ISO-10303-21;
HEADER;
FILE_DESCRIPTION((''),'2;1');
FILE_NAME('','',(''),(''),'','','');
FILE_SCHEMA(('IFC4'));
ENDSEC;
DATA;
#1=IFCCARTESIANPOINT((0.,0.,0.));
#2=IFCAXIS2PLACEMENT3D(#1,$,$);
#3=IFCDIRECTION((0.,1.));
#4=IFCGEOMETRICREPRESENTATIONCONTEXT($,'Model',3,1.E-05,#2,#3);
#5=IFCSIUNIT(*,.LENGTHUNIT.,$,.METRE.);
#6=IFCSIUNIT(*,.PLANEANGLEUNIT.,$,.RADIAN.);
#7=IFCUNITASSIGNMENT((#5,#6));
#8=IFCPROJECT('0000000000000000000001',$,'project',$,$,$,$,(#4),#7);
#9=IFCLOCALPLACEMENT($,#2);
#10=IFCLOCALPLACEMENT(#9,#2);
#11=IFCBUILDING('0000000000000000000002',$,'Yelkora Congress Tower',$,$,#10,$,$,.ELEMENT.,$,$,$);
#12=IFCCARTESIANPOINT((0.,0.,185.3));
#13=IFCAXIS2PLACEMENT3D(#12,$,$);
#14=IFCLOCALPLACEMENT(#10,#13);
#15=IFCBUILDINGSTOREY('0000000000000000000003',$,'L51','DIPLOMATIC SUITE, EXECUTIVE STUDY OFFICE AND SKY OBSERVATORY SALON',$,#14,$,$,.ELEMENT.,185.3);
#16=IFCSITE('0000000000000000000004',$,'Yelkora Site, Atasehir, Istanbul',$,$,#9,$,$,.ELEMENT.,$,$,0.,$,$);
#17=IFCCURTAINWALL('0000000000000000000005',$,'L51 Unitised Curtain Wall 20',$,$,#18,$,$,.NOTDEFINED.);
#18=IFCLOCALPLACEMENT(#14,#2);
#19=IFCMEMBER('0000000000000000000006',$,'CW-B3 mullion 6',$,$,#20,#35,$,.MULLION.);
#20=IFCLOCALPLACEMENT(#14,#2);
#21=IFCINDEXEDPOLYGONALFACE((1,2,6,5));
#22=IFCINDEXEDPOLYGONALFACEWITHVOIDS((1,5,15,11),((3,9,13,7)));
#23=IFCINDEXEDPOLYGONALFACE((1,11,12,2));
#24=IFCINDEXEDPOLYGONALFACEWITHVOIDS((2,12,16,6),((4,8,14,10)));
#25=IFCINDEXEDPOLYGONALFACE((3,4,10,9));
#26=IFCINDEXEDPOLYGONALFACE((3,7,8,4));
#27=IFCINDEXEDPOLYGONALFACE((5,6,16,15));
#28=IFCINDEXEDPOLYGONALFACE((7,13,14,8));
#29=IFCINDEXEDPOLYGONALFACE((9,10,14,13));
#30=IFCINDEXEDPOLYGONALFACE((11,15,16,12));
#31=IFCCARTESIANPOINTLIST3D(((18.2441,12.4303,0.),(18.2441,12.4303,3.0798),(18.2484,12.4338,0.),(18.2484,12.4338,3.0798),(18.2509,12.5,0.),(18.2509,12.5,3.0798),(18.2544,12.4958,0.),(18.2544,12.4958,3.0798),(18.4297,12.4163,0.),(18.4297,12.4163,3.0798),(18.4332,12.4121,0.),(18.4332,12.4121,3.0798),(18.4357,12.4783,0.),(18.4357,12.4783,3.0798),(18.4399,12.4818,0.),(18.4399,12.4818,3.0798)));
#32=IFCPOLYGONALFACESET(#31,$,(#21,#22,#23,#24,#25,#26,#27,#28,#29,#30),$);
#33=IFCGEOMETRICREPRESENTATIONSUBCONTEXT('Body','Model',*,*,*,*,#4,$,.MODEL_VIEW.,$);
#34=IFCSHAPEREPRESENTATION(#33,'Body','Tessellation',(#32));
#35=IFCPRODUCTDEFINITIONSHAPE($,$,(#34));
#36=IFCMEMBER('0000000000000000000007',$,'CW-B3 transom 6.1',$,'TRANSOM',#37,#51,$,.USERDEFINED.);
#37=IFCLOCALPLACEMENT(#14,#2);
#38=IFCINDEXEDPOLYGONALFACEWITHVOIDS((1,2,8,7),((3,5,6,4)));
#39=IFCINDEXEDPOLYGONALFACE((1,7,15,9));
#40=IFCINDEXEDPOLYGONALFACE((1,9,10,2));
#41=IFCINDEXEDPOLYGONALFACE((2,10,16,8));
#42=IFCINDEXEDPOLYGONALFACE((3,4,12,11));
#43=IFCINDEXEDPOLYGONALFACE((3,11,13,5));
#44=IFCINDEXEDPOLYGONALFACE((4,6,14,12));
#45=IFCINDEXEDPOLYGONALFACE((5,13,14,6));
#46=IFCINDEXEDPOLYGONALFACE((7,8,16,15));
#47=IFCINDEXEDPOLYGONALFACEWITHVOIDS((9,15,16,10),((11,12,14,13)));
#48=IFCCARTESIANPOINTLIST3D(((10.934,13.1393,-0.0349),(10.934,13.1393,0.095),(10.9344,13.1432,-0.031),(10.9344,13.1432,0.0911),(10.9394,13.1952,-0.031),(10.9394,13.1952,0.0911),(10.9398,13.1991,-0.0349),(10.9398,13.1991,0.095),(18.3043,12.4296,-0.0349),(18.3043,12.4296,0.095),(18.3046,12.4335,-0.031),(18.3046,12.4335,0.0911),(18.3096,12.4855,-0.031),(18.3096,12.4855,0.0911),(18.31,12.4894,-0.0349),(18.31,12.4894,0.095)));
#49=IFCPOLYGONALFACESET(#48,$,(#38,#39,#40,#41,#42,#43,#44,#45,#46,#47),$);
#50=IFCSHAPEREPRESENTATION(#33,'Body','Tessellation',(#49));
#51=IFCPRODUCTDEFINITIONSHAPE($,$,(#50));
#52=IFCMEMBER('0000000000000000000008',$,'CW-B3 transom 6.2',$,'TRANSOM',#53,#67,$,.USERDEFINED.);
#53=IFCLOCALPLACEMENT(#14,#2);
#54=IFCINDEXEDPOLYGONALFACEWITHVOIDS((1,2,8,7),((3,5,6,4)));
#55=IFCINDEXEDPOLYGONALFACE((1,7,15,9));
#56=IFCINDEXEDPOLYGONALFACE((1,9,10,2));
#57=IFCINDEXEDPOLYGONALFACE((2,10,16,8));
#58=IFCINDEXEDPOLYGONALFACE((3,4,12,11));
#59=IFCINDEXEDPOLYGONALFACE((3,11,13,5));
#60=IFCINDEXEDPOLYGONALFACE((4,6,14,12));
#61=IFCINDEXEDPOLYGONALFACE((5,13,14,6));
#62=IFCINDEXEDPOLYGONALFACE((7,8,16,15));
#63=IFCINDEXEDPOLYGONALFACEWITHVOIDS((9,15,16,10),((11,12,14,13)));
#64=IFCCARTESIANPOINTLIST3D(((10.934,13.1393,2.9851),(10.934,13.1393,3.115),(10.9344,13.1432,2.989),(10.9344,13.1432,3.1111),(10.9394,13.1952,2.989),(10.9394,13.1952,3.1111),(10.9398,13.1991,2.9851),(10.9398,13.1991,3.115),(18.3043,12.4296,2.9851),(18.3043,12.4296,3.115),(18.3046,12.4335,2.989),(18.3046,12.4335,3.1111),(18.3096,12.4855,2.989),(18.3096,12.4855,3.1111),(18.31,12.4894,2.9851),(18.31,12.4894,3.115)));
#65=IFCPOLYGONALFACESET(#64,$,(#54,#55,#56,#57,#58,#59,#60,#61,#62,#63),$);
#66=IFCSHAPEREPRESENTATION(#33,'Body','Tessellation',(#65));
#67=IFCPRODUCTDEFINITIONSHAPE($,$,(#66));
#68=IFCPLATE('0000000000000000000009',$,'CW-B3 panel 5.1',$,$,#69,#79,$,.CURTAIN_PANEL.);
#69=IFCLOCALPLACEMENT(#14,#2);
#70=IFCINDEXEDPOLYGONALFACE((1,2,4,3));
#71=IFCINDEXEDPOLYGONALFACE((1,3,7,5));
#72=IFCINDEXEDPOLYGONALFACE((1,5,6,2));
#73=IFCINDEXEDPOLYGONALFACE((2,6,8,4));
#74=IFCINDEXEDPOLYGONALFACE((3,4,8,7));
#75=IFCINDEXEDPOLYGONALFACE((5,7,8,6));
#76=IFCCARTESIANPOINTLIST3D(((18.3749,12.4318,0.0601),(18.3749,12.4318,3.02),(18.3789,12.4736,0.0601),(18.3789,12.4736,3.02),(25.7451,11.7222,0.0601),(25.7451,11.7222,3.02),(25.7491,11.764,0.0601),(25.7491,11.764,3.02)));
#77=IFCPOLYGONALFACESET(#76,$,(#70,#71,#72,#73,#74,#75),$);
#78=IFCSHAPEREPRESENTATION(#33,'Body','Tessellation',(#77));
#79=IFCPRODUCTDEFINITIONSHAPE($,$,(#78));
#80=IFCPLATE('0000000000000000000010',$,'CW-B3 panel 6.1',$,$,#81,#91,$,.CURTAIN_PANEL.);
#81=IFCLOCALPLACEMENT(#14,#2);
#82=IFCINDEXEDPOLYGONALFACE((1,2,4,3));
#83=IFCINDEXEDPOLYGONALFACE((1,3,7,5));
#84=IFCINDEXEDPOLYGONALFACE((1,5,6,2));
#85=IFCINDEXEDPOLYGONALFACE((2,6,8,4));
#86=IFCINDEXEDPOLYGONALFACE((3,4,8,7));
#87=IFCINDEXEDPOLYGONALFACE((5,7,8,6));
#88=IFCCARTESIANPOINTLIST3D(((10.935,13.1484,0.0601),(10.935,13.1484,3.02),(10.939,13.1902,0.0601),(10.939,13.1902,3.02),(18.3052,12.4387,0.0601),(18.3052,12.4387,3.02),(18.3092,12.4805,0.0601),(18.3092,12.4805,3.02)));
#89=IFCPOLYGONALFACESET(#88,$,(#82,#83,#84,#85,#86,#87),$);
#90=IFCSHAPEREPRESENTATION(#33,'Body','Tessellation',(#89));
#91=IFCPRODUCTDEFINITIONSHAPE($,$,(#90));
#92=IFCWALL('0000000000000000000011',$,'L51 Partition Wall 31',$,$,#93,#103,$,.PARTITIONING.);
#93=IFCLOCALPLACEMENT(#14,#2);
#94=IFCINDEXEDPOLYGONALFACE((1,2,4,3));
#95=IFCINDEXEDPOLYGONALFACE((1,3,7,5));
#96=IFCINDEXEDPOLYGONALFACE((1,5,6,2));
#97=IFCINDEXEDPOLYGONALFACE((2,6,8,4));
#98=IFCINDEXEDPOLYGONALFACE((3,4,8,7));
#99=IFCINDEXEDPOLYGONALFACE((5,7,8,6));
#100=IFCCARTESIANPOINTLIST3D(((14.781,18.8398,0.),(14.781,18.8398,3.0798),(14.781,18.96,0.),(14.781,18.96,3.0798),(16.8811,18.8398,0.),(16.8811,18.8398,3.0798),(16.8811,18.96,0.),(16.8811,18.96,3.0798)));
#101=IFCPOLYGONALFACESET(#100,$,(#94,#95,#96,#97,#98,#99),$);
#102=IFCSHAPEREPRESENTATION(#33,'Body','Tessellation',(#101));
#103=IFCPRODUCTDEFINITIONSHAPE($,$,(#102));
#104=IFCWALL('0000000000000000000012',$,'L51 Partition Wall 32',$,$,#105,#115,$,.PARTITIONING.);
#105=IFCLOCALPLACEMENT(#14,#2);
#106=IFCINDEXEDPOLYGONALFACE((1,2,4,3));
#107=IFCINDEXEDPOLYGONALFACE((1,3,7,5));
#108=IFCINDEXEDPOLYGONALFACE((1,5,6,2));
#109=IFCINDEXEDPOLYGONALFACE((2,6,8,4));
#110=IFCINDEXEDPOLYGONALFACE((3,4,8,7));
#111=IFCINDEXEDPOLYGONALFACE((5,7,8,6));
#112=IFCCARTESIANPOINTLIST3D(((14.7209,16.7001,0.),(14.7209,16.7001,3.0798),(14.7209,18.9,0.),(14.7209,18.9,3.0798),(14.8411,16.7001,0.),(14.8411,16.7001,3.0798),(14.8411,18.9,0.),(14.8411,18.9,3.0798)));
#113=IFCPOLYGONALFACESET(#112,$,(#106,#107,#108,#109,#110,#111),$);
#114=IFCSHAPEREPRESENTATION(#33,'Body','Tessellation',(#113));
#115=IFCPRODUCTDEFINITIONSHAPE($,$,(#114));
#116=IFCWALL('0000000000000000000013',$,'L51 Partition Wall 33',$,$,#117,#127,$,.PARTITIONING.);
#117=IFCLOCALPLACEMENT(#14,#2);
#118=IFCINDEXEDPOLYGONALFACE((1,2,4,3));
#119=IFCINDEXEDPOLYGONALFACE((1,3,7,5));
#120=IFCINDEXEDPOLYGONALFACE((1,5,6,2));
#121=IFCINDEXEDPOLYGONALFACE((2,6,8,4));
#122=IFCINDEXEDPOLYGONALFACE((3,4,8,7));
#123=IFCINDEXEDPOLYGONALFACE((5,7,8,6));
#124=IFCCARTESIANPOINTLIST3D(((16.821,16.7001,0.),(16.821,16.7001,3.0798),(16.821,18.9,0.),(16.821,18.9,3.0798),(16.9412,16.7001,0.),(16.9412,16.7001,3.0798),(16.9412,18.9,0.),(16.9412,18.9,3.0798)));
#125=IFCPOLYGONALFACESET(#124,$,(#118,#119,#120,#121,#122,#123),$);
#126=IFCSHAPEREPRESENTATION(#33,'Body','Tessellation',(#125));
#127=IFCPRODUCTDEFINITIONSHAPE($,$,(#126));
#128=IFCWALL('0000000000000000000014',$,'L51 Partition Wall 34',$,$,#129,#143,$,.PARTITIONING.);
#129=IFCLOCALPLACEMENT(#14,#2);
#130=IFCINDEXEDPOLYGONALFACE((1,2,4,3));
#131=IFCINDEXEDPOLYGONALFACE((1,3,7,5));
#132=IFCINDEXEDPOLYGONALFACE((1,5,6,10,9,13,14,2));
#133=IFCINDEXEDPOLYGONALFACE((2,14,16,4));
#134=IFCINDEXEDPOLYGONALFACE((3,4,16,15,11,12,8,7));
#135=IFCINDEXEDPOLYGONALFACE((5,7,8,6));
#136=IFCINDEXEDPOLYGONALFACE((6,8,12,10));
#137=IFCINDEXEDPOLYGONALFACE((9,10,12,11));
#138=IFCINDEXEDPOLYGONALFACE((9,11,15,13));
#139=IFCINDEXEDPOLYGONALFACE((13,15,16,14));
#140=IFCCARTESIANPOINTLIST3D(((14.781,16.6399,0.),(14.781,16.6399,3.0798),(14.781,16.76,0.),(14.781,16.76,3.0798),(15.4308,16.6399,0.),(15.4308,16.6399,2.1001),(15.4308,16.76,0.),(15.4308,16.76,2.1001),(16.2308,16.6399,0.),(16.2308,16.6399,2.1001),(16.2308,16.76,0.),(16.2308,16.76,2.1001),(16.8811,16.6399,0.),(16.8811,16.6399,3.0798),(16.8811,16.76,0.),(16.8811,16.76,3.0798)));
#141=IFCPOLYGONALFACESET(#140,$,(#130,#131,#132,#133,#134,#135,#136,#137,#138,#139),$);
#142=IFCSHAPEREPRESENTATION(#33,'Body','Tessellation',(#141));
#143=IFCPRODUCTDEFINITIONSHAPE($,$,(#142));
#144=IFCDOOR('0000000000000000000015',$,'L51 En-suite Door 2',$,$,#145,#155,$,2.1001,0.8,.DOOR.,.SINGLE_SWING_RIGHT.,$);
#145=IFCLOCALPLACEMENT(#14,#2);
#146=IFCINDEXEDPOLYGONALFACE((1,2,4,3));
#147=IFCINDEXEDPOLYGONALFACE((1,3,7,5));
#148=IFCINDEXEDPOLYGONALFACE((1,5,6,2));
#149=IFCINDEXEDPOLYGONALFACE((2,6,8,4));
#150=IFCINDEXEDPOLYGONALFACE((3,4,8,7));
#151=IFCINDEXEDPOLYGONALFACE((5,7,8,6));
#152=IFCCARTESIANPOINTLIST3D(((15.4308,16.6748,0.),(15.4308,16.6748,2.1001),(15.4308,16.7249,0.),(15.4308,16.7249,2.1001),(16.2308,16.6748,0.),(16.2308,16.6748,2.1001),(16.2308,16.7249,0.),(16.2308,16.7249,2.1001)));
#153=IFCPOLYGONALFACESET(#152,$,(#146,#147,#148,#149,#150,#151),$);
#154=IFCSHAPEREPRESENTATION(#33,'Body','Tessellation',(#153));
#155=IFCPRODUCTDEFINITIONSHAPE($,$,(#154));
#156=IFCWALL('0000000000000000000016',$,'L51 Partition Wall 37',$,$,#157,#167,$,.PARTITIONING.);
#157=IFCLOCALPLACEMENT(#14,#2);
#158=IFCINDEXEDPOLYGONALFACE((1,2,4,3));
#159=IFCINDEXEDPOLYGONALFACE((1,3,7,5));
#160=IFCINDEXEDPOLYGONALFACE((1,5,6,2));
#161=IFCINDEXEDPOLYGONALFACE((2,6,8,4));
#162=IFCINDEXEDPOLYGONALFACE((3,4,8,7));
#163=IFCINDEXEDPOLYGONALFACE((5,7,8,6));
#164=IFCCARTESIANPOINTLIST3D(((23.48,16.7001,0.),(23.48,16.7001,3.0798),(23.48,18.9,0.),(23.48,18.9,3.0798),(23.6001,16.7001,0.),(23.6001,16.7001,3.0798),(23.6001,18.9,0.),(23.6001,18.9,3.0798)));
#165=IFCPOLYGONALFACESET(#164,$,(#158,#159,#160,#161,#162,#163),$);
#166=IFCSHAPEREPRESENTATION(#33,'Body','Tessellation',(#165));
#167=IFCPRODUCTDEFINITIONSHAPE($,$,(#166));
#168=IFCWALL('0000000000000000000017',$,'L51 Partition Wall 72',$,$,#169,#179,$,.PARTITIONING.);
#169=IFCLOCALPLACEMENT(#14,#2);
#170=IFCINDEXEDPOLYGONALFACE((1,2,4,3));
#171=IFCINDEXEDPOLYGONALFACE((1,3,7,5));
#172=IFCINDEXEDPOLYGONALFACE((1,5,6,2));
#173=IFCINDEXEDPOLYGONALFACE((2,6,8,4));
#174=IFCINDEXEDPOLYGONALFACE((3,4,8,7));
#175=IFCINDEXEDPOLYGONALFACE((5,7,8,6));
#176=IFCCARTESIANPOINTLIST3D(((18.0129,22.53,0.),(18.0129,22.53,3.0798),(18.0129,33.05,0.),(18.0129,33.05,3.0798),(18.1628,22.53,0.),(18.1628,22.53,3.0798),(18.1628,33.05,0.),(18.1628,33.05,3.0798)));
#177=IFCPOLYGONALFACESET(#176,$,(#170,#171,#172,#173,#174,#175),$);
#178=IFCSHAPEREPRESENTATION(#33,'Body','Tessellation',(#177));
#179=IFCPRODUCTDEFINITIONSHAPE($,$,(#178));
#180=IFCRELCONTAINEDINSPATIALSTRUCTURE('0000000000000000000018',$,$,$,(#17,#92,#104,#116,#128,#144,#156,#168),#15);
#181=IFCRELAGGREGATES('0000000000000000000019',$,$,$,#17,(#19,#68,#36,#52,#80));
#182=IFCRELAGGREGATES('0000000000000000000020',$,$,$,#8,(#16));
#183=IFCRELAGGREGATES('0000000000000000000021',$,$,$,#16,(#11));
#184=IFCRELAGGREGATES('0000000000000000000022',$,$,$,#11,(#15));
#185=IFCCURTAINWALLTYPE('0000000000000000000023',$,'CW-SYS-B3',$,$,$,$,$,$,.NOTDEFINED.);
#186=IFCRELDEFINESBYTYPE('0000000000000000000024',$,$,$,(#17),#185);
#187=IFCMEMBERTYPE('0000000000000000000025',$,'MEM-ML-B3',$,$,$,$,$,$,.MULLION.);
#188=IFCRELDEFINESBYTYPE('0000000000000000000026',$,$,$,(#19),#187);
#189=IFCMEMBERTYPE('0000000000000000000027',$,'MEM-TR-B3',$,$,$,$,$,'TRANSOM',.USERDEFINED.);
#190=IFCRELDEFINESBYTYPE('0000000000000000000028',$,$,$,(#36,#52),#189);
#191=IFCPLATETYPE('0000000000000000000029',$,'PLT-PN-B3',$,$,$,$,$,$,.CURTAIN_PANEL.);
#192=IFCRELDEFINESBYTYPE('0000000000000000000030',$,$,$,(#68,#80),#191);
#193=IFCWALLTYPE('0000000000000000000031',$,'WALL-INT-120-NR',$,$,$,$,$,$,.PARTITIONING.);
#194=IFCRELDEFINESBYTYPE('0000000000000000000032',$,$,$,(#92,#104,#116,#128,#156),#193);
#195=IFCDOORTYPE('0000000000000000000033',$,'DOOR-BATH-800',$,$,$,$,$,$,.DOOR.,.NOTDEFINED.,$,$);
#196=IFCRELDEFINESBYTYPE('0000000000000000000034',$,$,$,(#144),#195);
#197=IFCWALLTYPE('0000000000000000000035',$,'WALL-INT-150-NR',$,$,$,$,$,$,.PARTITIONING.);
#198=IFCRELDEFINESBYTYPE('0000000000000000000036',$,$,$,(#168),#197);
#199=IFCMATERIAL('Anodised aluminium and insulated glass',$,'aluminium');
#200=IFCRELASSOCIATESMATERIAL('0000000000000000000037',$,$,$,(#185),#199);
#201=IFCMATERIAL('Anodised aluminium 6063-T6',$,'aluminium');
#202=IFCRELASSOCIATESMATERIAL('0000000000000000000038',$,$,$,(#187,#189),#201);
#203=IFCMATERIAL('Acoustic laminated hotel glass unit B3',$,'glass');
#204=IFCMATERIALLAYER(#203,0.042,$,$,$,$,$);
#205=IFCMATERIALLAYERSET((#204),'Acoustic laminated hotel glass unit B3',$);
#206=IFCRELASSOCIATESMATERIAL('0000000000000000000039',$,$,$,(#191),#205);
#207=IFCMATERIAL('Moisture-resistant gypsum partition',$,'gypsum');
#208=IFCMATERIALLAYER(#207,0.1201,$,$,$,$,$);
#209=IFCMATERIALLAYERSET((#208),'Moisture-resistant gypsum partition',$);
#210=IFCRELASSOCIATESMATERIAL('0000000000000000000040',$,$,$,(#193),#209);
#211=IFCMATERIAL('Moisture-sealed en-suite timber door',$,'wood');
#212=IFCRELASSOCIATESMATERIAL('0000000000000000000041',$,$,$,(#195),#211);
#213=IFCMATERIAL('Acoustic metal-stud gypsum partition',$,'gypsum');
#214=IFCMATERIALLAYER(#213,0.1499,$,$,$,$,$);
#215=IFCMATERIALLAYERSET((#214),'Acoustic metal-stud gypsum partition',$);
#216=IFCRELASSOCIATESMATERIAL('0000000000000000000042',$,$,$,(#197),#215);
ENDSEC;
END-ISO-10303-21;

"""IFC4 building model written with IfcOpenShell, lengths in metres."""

from ifc_helpers import new_model, si_unit, direction, frame, frame_2d, origin, origin_2d, place, context, subcontext, project, spatial, rectangle, hollow_rectangle, extrude, material, layer, layer_set, material_profile, profile_set, type_object, element, fill, aggregate, save


model = new_model("IFC4")

# Units and contexts
model_context = context("Model", 3, precision=1e-05, world=origin(), true_north=direction((0.0, 1.0)))
body_context = subcontext(model_context, "Body", "Model", "MODEL_VIEW")
ifc_project = project(units=[si_unit("LENGTHUNIT", "METRE"), si_unit("PLANEANGLEUNIT", "RADIAN")], contexts=[model_context])

# Site, building, storey
site_placement = place(None, origin())
site = spatial("IfcSite", under=ifc_project, at=site_placement, Name="Yelkora Site, Atasehir, Istanbul", CompositionType="ELEMENT", RefElevation=0.0)
building_placement = place(site_placement, origin())
building = spatial("IfcBuilding", under=site, at=building_placement, Name="Yelkora Congress Tower", CompositionType="ELEMENT")
storey_placement = place(building_placement, frame((0.0, 0.0, 185.3)))
storey = spatial("IfcBuildingStorey", under=building, at=storey_placement, Name="L51", Description="DIPLOMATIC SUITE, EXECUTIVE STUDY OFFICE AND SKY OBSERVATORY SALON", CompositionType="ELEMENT", Elevation=185.3)

# Curtain wall, members, plates
ifc_material_1 = material(Name="Anodised aluminium and insulated glass", Category="aluminium")
curtain_wall_type = type_object("IfcCurtainWallType", Name="CW-SYS-B3", PredefinedType="NOTDEFINED", material=ifc_material_1)
curtain_wall_placement = place(storey_placement, origin())
curtain_wall = element("IfcCurtainWall", 1, at=curtain_wall_placement, inside=storey, type_object=curtain_wall_type, Name="L51 Unitised Curtain Wall 20", PredefinedType="NOTDEFINED")
ifc_material_2 = material(Name="Anodised aluminium 6063-T6", Category="aluminium")
ifc_material_profile_1 = material_profile(ifc_material_2, hollow_rectangle(XDim=0.0701, YDim=0.1899, WallThickness=0.0039, at=origin_2d()), Name="ALU 70x190x4")
ifc_profile_set_1 = profile_set([ifc_material_profile_1], Name="Anodised aluminium 6063-T6")
member_type_1 = type_object("IfcMemberType", Name="MEM-ML-B3", PredefinedType="MULLION", material=ifc_profile_set_1)
member_1_placement = place(storey_placement, frame((18.342, 12.4561, 0.0), z_axis=(0.0, 0.0, 1.0), x_axis=(-0.095845, -0.995396, 0.0)))
member_1 = element("IfcMember", 2, at=member_1_placement, type_object=member_type_1, Name="CW-B3 mullion 6", PredefinedType="MULLION", context=body_context, shape_type="SweptSolid", body=[
    extrude(hollow_rectangle(XDim=0.0701, YDim=0.1899, WallThickness=0.0039, at=origin_2d()), origin(), (0.0, 0.0, 1.0), 3.0798),
])
ifc_material_profile_2 = material_profile(ifc_material_2, hollow_rectangle(XDim=0.0601, YDim=0.1299, WallThickness=0.0039, at=origin_2d()), Name="ALU 60x130x4")
ifc_profile_set_2 = profile_set([ifc_material_profile_2], Name="Anodised aluminium 6063-T6")
member_type_2 = type_object("IfcMemberType", Name="MEM-TR-B3", ElementType="TRANSOM", PredefinedType="USERDEFINED", material=ifc_profile_set_2)
member_2_placement = place(storey_placement, frame((18.3071, 12.4595, 0.03), z_axis=(-0.995395, 0.095853, 0.0), x_axis=(-0.095853, -0.995395, 0.0)))
member_2 = element("IfcMember", 3, at=member_2_placement, type_object=member_type_2, Name="CW-B3 transom 6.1", ObjectType="TRANSOM", PredefinedType="USERDEFINED", context=body_context, shape_type="SweptSolid", body=[
    extrude(hollow_rectangle(XDim=0.0601, YDim=0.1299, WallThickness=0.0039, at=origin_2d()), origin(), (0.0, 0.0, 1.0), 7.4043),
])
member_3_placement = place(storey_placement, frame((18.3071, 12.4595, 3.05), z_axis=(-0.995395, 0.095853, 0.0), x_axis=(-0.095853, -0.995395, 0.0)))
member_3 = element("IfcMember", 4, at=member_3_placement, type_object=member_type_2, Name="CW-B3 transom 6.2", ObjectType="TRANSOM", PredefinedType="USERDEFINED", context=body_context, shape_type="SweptSolid", body=[
    extrude(hollow_rectangle(XDim=0.0601, YDim=0.1299, WallThickness=0.0039, at=origin_2d()), origin(), (0.0, 0.0, 1.0), 7.4043),
])
ifc_material_3 = material(Name="Acoustic laminated hotel glass unit B3", Category="glass")
ifc_layer_1 = layer(ifc_material_3, 0.042)
ifc_layer_set_1 = layer_set([ifc_layer_1], Name="Acoustic laminated hotel glass unit B3")
plate_type = type_object("IfcPlateType", Name="PLT-PN-B3", PredefinedType="CURTAIN_PANEL", material=ifc_layer_set_1)
plate_1_placement = place(storey_placement, frame((22.062, 12.0979, 0.0601), z_axis=(0.0, 0.0, 1.0), x_axis=(-0.995396, 0.095845, 0.0)))
plate_1 = element("IfcPlate", 5, at=plate_1_placement, type_object=plate_type, Name="CW-B3 panel 5.1", PredefinedType="CURTAIN_PANEL", context=body_context, shape_type="SweptSolid", body=[
    extrude(rectangle(XDim=7.4043, YDim=0.042, at=origin_2d()), origin(), (0.0, 0.0, 1.0), 2.96),
])
plate_2_placement = place(storey_placement, frame((14.6221, 12.8145, 0.0601), z_axis=(0.0, 0.0, 1.0), x_axis=(-0.995396, 0.095845, 0.0)))
plate_2 = element("IfcPlate", 6, at=plate_2_placement, type_object=plate_type, Name="CW-B3 panel 6.1", PredefinedType="CURTAIN_PANEL", context=body_context, shape_type="SweptSolid", body=[
    extrude(rectangle(XDim=7.4043, YDim=0.042, at=origin_2d()), origin(), (0.0, 0.0, 1.0), 2.96),
])
aggregate(curtain_wall, [member_1, plate_1, member_2, member_3, plate_2])

# Walls
ifc_material_4 = material(Name="Moisture-resistant gypsum partition", Category="gypsum")
ifc_layer_2 = layer(ifc_material_4, 0.1201)
ifc_layer_set_2 = layer_set([ifc_layer_2], Name="Moisture-resistant gypsum partition")
wall_type_1 = type_object("IfcWallType", Name="WALL-INT-120-NR", PredefinedType="PARTITIONING", material=ifc_layer_set_2)
wall_1_placement = place(storey_placement, frame((14.781, 18.8999, 0.0), z_axis=(0.0, 0.0, 1.0), x_axis=(1.0, 0.0, 0.0)))
element("IfcWall", 7, at=wall_1_placement, inside=storey, type_object=wall_type_1, Name="L51 Partition Wall 31", PredefinedType="PARTITIONING", context=body_context, shape_type="SweptSolid", body=[
    extrude(rectangle(XDim=2.1001, YDim=0.1201, at=frame_2d((1.05, 0.0))), origin(), (0.0, 0.0, 1.0), 3.0798),
])
for number, where, z_axis, x_axis, name in (
    (8, (14.781, 16.7, 0.0), (0.0, 0.0, 1.0), (0.0, 1.0, 0.0), "L51 Partition Wall 32"),
    (9, (16.8811, 16.7, 0.0), (0.0, 0.0, 1.0), (0.0, 1.0, 0.0), "L51 Partition Wall 33"),
):
    element("IfcWall", number, at=place(storey_placement, frame(where, z_axis=z_axis, x_axis=x_axis)), inside=storey, type_object=wall_type_1, Name=name, PredefinedType="PARTITIONING", context=body_context, shape_type="SweptSolid", body=[
        extrude(rectangle(XDim=2.2, YDim=0.1201, at=frame_2d((1.1001, 0.0))), origin(), (0.0, 0.0, 1.0), 3.0798),
    ])

# Wall, opening, door
wall_2_placement = place(storey_placement, frame((14.781, 16.7, 0.0), z_axis=(0.0, 0.0, 1.0), x_axis=(1.0, 0.0, 0.0)))
wall_2 = element("IfcWall", 10, at=wall_2_placement, inside=storey, type_object=wall_type_1, Name="L51 Partition Wall 34", PredefinedType="PARTITIONING", context=body_context, shape_type="SweptSolid", body=[
    extrude(rectangle(XDim=2.1001, YDim=0.1201, at=frame_2d((1.05, 0.0))), origin(), (0.0, 0.0, 1.0), 3.0798),
])
opening_placement = place(wall_2_placement, frame((0.6499, 0.0, 0.0)))
opening = element("IfcOpeningElement", 11, at=opening_placement, cuts=wall_2, PredefinedType="OPENING", context=body_context, shape_type="SweptSolid", body=[
    extrude(rectangle(XDim=0.8, YDim=2.1001, at=frame_2d((0.3999, 1.05))), frame((0.0, 0.0701, 0.0), z_axis=(0.0, -1.0, 0.0), x_axis=(1.0, 0.0, 0.0)), (0.0, 0.0, 1.0), 0.1401),
])
ifc_material_5 = material(Name="Moisture-sealed en-suite timber door", Category="wood")
door_type = type_object("IfcDoorType", Name="DOOR-BATH-800", OperationType="NOTDEFINED", PredefinedType="DOOR", material=ifc_material_5)
door_placement = place(opening_placement, origin())
door = element("IfcDoor", 12, at=door_placement, inside=storey, type_object=door_type, Name="L51 En-suite Door 2", OperationType="SINGLE_SWING_RIGHT", OverallHeight=2.1001, OverallWidth=0.8, PredefinedType="DOOR", context=body_context, shape_type="SweptSolid", body=[
    extrude(rectangle(XDim=0.8, YDim=2.1001, at=frame_2d((0.3999, 1.05))), frame((0.0, 0.0249, 0.0), z_axis=(0.0, -1.0, 0.0), x_axis=(1.0, 0.0, 0.0)), (0.0, 0.0, 1.0), 0.05),
])
fill(opening, door)

# Walls
wall_3_placement = place(storey_placement, frame((23.54, 16.7, 0.0), z_axis=(0.0, 0.0, 1.0), x_axis=(0.0, 1.0, 0.0)))
element("IfcWall", 13, at=wall_3_placement, inside=storey, type_object=wall_type_1, Name="L51 Partition Wall 37", PredefinedType="PARTITIONING", context=body_context, shape_type="SweptSolid", body=[
    extrude(rectangle(XDim=2.2, YDim=0.1201, at=frame_2d((1.1001, 0.0))), origin(), (0.0, 0.0, 1.0), 3.0798),
])
ifc_material_6 = material(Name="Acoustic metal-stud gypsum partition", Category="gypsum")
ifc_layer_3 = layer(ifc_material_6, 0.1499)
ifc_layer_set_3 = layer_set([ifc_layer_3], Name="Acoustic metal-stud gypsum partition")
wall_type_2 = type_object("IfcWallType", Name="WALL-INT-150-NR", PredefinedType="PARTITIONING", material=ifc_layer_set_3)
wall_4_placement = place(storey_placement, frame((18.0879, 22.53, 0.0), z_axis=(0.0, 0.0, 1.0), x_axis=(0.0, 1.0, 0.0)))
element("IfcWall", 14, at=wall_4_placement, inside=storey, type_object=wall_type_2, Name="L51 Partition Wall 72", PredefinedType="PARTITIONING", context=body_context, shape_type="SweptSolid", body=[
    extrude(rectangle(XDim=10.52, YDim=0.1499, at=frame_2d((5.26, 0.0))), origin(), (0.0, 0.0, 1.0), 3.0798),
])

save(model, "model.ifc")
